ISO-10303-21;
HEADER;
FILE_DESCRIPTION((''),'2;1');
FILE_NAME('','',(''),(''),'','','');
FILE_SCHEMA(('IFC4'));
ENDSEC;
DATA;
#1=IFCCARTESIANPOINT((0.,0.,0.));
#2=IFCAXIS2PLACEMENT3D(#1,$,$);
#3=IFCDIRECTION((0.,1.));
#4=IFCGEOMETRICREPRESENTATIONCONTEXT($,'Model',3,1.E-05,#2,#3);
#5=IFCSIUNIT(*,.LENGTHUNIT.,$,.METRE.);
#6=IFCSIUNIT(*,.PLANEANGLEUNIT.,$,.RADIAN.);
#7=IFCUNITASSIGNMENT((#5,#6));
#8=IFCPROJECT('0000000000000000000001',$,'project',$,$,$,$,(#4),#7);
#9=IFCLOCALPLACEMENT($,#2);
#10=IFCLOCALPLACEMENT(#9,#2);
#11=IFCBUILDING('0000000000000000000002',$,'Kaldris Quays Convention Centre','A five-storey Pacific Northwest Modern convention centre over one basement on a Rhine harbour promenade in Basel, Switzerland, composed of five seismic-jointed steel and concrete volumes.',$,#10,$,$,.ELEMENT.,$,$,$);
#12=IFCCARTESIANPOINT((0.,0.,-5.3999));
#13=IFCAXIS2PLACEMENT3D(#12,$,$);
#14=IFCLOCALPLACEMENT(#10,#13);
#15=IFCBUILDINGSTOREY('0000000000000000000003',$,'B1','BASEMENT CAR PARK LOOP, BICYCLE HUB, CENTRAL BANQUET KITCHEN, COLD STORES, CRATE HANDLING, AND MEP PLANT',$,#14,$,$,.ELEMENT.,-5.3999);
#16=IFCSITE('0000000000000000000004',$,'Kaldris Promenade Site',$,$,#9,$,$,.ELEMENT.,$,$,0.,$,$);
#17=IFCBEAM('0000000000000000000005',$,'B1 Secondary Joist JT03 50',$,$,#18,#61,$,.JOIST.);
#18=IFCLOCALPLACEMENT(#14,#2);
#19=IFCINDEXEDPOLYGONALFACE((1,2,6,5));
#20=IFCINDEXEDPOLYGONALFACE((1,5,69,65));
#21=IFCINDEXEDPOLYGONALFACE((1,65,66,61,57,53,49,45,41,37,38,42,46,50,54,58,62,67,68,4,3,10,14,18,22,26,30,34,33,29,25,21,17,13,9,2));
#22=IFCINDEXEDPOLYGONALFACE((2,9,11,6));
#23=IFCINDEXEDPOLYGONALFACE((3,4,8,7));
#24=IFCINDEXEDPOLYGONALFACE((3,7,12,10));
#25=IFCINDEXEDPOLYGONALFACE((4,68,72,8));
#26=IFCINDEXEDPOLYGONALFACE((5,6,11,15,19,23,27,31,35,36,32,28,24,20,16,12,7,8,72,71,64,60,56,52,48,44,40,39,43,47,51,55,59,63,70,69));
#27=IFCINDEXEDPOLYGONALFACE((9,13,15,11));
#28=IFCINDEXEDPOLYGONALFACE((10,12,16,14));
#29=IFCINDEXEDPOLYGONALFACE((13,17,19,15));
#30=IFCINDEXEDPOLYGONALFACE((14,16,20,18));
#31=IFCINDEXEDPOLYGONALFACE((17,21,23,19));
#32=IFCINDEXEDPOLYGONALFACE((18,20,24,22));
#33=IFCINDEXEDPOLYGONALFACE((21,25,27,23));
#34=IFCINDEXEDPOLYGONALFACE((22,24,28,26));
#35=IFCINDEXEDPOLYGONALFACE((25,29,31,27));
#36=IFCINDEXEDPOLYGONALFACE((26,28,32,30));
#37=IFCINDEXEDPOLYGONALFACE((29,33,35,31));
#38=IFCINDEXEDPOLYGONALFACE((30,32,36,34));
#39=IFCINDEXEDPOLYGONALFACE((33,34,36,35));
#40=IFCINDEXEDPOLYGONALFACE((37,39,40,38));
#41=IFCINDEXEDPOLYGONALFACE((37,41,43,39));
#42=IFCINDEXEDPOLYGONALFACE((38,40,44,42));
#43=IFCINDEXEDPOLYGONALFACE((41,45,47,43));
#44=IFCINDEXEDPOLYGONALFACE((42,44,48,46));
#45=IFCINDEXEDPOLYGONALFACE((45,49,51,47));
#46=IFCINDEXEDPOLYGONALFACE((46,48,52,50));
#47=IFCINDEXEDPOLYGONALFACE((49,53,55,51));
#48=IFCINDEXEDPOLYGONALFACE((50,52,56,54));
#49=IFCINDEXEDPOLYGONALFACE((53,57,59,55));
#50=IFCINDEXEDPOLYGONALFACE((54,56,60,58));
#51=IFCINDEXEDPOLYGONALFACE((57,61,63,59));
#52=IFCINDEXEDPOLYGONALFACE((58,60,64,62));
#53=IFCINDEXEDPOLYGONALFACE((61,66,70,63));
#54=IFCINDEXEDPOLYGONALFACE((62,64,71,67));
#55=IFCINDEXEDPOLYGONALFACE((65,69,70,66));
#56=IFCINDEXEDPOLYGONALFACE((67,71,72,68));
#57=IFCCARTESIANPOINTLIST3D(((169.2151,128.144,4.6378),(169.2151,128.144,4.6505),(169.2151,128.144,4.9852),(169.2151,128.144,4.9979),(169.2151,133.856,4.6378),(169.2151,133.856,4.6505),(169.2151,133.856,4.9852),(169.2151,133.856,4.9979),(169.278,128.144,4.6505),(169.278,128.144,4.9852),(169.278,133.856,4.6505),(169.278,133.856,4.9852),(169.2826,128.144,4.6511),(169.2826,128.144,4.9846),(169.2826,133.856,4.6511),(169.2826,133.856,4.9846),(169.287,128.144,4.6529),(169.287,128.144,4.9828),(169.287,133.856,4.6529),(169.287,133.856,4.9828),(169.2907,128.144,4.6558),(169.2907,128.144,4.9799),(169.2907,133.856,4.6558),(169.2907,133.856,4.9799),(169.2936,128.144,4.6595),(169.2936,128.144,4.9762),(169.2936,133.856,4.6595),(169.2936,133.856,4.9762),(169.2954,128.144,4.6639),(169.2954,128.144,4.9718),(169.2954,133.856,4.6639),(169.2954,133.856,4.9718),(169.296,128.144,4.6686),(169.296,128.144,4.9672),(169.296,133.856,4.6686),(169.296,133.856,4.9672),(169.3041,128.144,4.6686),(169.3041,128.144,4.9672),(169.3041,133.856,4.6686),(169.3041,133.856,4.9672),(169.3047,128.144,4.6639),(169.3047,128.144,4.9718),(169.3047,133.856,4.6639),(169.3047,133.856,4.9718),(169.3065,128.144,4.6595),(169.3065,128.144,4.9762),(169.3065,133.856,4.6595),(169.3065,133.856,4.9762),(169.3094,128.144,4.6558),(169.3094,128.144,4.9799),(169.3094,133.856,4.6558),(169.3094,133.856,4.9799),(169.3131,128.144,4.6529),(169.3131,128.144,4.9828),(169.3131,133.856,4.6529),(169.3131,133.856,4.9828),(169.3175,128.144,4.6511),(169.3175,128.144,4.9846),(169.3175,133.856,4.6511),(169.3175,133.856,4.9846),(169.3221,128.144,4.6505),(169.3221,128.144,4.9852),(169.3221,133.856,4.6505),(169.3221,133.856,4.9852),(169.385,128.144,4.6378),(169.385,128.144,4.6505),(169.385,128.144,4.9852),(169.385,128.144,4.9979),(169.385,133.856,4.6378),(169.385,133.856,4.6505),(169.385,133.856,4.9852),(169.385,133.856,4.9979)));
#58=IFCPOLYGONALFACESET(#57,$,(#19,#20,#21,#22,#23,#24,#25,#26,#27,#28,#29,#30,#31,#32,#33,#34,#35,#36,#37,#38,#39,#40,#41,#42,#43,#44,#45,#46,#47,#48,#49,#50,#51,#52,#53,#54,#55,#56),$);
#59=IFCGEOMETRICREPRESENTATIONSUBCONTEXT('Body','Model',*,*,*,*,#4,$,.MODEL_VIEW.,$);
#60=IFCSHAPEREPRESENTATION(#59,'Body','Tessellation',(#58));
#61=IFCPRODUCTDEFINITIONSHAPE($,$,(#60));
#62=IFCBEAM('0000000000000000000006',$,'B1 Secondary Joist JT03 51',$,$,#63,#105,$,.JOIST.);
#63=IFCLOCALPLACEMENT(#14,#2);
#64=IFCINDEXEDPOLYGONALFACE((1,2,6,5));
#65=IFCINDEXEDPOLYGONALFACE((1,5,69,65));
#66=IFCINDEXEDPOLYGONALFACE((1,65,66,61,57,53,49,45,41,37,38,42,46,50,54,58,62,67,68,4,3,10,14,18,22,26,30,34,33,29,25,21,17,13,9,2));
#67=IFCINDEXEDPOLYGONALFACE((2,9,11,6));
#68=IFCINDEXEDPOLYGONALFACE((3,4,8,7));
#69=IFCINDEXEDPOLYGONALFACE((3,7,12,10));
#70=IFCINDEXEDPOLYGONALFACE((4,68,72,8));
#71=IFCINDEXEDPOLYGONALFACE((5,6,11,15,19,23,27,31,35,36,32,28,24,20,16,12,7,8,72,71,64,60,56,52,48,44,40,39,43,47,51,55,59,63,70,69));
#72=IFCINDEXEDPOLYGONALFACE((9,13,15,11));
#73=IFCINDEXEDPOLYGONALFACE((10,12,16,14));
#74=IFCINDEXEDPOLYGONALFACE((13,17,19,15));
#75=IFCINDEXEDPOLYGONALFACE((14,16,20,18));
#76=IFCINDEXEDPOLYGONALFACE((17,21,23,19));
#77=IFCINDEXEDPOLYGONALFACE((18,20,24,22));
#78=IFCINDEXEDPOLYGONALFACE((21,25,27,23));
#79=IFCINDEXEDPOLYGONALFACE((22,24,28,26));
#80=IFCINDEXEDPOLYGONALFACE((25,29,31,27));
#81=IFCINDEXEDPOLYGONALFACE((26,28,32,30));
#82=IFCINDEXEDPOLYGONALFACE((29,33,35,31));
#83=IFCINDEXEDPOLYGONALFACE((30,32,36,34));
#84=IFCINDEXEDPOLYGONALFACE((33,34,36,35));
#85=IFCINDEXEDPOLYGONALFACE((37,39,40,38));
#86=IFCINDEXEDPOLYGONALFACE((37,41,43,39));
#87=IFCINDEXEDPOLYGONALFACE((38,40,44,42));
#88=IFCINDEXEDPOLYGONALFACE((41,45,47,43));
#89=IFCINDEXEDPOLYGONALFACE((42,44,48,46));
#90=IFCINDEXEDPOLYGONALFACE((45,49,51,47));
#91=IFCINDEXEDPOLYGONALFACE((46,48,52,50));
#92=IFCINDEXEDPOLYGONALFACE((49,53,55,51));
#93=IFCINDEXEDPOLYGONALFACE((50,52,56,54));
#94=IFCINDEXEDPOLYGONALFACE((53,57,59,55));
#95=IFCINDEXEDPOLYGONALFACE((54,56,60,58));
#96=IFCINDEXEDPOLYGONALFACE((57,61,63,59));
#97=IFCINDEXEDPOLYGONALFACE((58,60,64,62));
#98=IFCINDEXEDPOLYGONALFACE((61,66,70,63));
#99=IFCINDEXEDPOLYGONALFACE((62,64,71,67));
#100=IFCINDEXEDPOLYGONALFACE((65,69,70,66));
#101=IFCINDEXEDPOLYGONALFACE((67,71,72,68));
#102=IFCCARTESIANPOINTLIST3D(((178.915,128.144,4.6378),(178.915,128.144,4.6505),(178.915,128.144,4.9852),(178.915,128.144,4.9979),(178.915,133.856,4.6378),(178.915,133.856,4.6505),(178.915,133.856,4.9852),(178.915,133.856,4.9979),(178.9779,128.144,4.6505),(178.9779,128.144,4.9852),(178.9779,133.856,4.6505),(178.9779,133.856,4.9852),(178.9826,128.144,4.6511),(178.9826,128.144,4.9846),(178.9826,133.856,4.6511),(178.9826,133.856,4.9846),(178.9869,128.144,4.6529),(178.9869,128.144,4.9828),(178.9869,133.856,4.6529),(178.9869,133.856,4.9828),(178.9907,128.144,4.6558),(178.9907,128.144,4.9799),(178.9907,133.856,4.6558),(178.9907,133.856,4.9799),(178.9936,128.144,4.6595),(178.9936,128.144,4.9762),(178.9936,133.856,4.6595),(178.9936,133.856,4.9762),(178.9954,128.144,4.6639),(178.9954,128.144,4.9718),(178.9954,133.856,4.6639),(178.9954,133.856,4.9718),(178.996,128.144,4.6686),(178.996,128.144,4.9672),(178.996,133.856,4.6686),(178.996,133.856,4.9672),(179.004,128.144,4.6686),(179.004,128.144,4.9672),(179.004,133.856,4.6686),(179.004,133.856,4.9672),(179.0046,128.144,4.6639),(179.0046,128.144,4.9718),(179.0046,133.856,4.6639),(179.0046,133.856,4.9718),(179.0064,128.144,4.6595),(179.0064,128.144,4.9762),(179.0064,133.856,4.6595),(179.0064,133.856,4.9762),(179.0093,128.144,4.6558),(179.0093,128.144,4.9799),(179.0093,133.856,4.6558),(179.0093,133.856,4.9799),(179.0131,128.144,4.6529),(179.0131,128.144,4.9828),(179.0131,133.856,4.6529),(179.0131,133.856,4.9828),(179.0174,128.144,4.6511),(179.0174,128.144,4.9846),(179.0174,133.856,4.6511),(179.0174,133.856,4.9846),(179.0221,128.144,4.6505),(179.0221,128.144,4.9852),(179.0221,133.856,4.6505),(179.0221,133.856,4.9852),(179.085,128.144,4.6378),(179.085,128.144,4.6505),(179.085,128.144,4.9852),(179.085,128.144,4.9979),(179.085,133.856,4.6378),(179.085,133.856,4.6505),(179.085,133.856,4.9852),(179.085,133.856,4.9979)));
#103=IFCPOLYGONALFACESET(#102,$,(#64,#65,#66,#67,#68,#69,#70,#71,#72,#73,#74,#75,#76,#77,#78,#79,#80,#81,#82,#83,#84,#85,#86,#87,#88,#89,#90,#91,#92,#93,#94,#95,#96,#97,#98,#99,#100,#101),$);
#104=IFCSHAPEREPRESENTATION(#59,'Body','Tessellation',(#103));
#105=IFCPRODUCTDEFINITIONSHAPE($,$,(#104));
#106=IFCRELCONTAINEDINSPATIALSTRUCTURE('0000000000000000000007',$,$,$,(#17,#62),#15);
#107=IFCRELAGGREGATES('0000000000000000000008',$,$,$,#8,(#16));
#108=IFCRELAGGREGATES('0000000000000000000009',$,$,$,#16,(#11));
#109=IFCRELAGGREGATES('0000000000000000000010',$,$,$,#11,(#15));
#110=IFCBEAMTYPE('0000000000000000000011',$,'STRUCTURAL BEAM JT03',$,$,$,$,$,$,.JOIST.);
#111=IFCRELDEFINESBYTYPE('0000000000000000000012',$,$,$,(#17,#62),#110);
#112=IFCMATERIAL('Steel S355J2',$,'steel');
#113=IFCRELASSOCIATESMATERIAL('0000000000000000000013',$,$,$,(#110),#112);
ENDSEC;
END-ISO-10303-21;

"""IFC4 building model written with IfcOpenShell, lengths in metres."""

from ifc_helpers import new_model, si_unit, direction, frame, origin, origin_2d, place, context, subcontext, project, spatial, i_section, extrude, material, material_profile, profile_set, type_object, element, save


model = new_model("IFC4")

# Units and contexts
model_context = context("Model", 3, precision=1e-05, world=origin(), true_north=direction((0.0, 1.0)))
body_context = subcontext(model_context, "Body", "Model", "MODEL_VIEW")
ifc_project = project(units=[si_unit("LENGTHUNIT", "METRE"), si_unit("PLANEANGLEUNIT", "RADIAN")], contexts=[model_context])

# Site, building, storey
site_placement = place(None, origin())
site = spatial("IfcSite", under=ifc_project, at=site_placement, Name="Kaldris Promenade Site", CompositionType="ELEMENT", RefElevation=0.0)
building_placement = place(site_placement, origin())
building = spatial("IfcBuilding", under=site, at=building_placement, Name="Kaldris Quays Convention Centre", Description="A five-storey Pacific Northwest Modern convention centre over one basement on a Rhine harbour promenade in Basel, Switzerland, composed of five seismic-jointed steel and concrete volumes.", CompositionType="ELEMENT")
storey_placement = place(building_placement, frame((0.0, 0.0, -5.3999)))
storey = spatial("IfcBuildingStorey", under=building, at=storey_placement, Name="B1", Description="BASEMENT CAR PARK LOOP, BICYCLE HUB, CENTRAL BANQUET KITCHEN, COLD STORES, CRATE HANDLING, AND MEP PLANT", CompositionType="ELEMENT", Elevation=-5.3999)

# Beams
ifc_material_1 = material(Name="Steel S355J2", Category="steel")
ifc_material_profile_1 = material_profile(ifc_material_1, i_section(OverallWidth=0.1699, OverallDepth=0.3601, WebThickness=0.0081, FlangeThickness=0.0127, FilletRadius=0.0181, at=origin_2d()), Name="IPE 360")
ifc_profile_set_1 = profile_set([ifc_material_profile_1], Name="Steel S355J2")
beam_type_1 = type_object("IfcBeamType", Name="STRUCTURAL BEAM JT03", PredefinedType="JOIST", material=ifc_profile_set_1)
for number, where, z_axis, x_axis, name in (
    (1, (169.3, 128.144, 4.8179), (0.0, 1.0, 0.0), (-1.0, 0.0, 0.0), "B1 Secondary Joist JT03 50"),
    (2, (179.0, 128.144, 4.8179), (0.0, 1.0, 0.0), (-1.0, 0.0, 0.0), "B1 Secondary Joist JT03 51"),
):
    element("IfcBeam", number, at=place(storey_placement, frame(where, z_axis=z_axis, x_axis=x_axis)), inside=storey, type_object=beam_type_1, Name=name, PredefinedType="JOIST", context=body_context, shape_type="SweptSolid", body=[
        extrude(i_section(OverallWidth=0.1699, OverallDepth=0.3601, WebThickness=0.0081, FlangeThickness=0.0127, FilletRadius=0.0181, at=origin_2d()), origin(), (0.0, 0.0, 1.0), 5.7119),
    ])

save(model, "model.ifc")
